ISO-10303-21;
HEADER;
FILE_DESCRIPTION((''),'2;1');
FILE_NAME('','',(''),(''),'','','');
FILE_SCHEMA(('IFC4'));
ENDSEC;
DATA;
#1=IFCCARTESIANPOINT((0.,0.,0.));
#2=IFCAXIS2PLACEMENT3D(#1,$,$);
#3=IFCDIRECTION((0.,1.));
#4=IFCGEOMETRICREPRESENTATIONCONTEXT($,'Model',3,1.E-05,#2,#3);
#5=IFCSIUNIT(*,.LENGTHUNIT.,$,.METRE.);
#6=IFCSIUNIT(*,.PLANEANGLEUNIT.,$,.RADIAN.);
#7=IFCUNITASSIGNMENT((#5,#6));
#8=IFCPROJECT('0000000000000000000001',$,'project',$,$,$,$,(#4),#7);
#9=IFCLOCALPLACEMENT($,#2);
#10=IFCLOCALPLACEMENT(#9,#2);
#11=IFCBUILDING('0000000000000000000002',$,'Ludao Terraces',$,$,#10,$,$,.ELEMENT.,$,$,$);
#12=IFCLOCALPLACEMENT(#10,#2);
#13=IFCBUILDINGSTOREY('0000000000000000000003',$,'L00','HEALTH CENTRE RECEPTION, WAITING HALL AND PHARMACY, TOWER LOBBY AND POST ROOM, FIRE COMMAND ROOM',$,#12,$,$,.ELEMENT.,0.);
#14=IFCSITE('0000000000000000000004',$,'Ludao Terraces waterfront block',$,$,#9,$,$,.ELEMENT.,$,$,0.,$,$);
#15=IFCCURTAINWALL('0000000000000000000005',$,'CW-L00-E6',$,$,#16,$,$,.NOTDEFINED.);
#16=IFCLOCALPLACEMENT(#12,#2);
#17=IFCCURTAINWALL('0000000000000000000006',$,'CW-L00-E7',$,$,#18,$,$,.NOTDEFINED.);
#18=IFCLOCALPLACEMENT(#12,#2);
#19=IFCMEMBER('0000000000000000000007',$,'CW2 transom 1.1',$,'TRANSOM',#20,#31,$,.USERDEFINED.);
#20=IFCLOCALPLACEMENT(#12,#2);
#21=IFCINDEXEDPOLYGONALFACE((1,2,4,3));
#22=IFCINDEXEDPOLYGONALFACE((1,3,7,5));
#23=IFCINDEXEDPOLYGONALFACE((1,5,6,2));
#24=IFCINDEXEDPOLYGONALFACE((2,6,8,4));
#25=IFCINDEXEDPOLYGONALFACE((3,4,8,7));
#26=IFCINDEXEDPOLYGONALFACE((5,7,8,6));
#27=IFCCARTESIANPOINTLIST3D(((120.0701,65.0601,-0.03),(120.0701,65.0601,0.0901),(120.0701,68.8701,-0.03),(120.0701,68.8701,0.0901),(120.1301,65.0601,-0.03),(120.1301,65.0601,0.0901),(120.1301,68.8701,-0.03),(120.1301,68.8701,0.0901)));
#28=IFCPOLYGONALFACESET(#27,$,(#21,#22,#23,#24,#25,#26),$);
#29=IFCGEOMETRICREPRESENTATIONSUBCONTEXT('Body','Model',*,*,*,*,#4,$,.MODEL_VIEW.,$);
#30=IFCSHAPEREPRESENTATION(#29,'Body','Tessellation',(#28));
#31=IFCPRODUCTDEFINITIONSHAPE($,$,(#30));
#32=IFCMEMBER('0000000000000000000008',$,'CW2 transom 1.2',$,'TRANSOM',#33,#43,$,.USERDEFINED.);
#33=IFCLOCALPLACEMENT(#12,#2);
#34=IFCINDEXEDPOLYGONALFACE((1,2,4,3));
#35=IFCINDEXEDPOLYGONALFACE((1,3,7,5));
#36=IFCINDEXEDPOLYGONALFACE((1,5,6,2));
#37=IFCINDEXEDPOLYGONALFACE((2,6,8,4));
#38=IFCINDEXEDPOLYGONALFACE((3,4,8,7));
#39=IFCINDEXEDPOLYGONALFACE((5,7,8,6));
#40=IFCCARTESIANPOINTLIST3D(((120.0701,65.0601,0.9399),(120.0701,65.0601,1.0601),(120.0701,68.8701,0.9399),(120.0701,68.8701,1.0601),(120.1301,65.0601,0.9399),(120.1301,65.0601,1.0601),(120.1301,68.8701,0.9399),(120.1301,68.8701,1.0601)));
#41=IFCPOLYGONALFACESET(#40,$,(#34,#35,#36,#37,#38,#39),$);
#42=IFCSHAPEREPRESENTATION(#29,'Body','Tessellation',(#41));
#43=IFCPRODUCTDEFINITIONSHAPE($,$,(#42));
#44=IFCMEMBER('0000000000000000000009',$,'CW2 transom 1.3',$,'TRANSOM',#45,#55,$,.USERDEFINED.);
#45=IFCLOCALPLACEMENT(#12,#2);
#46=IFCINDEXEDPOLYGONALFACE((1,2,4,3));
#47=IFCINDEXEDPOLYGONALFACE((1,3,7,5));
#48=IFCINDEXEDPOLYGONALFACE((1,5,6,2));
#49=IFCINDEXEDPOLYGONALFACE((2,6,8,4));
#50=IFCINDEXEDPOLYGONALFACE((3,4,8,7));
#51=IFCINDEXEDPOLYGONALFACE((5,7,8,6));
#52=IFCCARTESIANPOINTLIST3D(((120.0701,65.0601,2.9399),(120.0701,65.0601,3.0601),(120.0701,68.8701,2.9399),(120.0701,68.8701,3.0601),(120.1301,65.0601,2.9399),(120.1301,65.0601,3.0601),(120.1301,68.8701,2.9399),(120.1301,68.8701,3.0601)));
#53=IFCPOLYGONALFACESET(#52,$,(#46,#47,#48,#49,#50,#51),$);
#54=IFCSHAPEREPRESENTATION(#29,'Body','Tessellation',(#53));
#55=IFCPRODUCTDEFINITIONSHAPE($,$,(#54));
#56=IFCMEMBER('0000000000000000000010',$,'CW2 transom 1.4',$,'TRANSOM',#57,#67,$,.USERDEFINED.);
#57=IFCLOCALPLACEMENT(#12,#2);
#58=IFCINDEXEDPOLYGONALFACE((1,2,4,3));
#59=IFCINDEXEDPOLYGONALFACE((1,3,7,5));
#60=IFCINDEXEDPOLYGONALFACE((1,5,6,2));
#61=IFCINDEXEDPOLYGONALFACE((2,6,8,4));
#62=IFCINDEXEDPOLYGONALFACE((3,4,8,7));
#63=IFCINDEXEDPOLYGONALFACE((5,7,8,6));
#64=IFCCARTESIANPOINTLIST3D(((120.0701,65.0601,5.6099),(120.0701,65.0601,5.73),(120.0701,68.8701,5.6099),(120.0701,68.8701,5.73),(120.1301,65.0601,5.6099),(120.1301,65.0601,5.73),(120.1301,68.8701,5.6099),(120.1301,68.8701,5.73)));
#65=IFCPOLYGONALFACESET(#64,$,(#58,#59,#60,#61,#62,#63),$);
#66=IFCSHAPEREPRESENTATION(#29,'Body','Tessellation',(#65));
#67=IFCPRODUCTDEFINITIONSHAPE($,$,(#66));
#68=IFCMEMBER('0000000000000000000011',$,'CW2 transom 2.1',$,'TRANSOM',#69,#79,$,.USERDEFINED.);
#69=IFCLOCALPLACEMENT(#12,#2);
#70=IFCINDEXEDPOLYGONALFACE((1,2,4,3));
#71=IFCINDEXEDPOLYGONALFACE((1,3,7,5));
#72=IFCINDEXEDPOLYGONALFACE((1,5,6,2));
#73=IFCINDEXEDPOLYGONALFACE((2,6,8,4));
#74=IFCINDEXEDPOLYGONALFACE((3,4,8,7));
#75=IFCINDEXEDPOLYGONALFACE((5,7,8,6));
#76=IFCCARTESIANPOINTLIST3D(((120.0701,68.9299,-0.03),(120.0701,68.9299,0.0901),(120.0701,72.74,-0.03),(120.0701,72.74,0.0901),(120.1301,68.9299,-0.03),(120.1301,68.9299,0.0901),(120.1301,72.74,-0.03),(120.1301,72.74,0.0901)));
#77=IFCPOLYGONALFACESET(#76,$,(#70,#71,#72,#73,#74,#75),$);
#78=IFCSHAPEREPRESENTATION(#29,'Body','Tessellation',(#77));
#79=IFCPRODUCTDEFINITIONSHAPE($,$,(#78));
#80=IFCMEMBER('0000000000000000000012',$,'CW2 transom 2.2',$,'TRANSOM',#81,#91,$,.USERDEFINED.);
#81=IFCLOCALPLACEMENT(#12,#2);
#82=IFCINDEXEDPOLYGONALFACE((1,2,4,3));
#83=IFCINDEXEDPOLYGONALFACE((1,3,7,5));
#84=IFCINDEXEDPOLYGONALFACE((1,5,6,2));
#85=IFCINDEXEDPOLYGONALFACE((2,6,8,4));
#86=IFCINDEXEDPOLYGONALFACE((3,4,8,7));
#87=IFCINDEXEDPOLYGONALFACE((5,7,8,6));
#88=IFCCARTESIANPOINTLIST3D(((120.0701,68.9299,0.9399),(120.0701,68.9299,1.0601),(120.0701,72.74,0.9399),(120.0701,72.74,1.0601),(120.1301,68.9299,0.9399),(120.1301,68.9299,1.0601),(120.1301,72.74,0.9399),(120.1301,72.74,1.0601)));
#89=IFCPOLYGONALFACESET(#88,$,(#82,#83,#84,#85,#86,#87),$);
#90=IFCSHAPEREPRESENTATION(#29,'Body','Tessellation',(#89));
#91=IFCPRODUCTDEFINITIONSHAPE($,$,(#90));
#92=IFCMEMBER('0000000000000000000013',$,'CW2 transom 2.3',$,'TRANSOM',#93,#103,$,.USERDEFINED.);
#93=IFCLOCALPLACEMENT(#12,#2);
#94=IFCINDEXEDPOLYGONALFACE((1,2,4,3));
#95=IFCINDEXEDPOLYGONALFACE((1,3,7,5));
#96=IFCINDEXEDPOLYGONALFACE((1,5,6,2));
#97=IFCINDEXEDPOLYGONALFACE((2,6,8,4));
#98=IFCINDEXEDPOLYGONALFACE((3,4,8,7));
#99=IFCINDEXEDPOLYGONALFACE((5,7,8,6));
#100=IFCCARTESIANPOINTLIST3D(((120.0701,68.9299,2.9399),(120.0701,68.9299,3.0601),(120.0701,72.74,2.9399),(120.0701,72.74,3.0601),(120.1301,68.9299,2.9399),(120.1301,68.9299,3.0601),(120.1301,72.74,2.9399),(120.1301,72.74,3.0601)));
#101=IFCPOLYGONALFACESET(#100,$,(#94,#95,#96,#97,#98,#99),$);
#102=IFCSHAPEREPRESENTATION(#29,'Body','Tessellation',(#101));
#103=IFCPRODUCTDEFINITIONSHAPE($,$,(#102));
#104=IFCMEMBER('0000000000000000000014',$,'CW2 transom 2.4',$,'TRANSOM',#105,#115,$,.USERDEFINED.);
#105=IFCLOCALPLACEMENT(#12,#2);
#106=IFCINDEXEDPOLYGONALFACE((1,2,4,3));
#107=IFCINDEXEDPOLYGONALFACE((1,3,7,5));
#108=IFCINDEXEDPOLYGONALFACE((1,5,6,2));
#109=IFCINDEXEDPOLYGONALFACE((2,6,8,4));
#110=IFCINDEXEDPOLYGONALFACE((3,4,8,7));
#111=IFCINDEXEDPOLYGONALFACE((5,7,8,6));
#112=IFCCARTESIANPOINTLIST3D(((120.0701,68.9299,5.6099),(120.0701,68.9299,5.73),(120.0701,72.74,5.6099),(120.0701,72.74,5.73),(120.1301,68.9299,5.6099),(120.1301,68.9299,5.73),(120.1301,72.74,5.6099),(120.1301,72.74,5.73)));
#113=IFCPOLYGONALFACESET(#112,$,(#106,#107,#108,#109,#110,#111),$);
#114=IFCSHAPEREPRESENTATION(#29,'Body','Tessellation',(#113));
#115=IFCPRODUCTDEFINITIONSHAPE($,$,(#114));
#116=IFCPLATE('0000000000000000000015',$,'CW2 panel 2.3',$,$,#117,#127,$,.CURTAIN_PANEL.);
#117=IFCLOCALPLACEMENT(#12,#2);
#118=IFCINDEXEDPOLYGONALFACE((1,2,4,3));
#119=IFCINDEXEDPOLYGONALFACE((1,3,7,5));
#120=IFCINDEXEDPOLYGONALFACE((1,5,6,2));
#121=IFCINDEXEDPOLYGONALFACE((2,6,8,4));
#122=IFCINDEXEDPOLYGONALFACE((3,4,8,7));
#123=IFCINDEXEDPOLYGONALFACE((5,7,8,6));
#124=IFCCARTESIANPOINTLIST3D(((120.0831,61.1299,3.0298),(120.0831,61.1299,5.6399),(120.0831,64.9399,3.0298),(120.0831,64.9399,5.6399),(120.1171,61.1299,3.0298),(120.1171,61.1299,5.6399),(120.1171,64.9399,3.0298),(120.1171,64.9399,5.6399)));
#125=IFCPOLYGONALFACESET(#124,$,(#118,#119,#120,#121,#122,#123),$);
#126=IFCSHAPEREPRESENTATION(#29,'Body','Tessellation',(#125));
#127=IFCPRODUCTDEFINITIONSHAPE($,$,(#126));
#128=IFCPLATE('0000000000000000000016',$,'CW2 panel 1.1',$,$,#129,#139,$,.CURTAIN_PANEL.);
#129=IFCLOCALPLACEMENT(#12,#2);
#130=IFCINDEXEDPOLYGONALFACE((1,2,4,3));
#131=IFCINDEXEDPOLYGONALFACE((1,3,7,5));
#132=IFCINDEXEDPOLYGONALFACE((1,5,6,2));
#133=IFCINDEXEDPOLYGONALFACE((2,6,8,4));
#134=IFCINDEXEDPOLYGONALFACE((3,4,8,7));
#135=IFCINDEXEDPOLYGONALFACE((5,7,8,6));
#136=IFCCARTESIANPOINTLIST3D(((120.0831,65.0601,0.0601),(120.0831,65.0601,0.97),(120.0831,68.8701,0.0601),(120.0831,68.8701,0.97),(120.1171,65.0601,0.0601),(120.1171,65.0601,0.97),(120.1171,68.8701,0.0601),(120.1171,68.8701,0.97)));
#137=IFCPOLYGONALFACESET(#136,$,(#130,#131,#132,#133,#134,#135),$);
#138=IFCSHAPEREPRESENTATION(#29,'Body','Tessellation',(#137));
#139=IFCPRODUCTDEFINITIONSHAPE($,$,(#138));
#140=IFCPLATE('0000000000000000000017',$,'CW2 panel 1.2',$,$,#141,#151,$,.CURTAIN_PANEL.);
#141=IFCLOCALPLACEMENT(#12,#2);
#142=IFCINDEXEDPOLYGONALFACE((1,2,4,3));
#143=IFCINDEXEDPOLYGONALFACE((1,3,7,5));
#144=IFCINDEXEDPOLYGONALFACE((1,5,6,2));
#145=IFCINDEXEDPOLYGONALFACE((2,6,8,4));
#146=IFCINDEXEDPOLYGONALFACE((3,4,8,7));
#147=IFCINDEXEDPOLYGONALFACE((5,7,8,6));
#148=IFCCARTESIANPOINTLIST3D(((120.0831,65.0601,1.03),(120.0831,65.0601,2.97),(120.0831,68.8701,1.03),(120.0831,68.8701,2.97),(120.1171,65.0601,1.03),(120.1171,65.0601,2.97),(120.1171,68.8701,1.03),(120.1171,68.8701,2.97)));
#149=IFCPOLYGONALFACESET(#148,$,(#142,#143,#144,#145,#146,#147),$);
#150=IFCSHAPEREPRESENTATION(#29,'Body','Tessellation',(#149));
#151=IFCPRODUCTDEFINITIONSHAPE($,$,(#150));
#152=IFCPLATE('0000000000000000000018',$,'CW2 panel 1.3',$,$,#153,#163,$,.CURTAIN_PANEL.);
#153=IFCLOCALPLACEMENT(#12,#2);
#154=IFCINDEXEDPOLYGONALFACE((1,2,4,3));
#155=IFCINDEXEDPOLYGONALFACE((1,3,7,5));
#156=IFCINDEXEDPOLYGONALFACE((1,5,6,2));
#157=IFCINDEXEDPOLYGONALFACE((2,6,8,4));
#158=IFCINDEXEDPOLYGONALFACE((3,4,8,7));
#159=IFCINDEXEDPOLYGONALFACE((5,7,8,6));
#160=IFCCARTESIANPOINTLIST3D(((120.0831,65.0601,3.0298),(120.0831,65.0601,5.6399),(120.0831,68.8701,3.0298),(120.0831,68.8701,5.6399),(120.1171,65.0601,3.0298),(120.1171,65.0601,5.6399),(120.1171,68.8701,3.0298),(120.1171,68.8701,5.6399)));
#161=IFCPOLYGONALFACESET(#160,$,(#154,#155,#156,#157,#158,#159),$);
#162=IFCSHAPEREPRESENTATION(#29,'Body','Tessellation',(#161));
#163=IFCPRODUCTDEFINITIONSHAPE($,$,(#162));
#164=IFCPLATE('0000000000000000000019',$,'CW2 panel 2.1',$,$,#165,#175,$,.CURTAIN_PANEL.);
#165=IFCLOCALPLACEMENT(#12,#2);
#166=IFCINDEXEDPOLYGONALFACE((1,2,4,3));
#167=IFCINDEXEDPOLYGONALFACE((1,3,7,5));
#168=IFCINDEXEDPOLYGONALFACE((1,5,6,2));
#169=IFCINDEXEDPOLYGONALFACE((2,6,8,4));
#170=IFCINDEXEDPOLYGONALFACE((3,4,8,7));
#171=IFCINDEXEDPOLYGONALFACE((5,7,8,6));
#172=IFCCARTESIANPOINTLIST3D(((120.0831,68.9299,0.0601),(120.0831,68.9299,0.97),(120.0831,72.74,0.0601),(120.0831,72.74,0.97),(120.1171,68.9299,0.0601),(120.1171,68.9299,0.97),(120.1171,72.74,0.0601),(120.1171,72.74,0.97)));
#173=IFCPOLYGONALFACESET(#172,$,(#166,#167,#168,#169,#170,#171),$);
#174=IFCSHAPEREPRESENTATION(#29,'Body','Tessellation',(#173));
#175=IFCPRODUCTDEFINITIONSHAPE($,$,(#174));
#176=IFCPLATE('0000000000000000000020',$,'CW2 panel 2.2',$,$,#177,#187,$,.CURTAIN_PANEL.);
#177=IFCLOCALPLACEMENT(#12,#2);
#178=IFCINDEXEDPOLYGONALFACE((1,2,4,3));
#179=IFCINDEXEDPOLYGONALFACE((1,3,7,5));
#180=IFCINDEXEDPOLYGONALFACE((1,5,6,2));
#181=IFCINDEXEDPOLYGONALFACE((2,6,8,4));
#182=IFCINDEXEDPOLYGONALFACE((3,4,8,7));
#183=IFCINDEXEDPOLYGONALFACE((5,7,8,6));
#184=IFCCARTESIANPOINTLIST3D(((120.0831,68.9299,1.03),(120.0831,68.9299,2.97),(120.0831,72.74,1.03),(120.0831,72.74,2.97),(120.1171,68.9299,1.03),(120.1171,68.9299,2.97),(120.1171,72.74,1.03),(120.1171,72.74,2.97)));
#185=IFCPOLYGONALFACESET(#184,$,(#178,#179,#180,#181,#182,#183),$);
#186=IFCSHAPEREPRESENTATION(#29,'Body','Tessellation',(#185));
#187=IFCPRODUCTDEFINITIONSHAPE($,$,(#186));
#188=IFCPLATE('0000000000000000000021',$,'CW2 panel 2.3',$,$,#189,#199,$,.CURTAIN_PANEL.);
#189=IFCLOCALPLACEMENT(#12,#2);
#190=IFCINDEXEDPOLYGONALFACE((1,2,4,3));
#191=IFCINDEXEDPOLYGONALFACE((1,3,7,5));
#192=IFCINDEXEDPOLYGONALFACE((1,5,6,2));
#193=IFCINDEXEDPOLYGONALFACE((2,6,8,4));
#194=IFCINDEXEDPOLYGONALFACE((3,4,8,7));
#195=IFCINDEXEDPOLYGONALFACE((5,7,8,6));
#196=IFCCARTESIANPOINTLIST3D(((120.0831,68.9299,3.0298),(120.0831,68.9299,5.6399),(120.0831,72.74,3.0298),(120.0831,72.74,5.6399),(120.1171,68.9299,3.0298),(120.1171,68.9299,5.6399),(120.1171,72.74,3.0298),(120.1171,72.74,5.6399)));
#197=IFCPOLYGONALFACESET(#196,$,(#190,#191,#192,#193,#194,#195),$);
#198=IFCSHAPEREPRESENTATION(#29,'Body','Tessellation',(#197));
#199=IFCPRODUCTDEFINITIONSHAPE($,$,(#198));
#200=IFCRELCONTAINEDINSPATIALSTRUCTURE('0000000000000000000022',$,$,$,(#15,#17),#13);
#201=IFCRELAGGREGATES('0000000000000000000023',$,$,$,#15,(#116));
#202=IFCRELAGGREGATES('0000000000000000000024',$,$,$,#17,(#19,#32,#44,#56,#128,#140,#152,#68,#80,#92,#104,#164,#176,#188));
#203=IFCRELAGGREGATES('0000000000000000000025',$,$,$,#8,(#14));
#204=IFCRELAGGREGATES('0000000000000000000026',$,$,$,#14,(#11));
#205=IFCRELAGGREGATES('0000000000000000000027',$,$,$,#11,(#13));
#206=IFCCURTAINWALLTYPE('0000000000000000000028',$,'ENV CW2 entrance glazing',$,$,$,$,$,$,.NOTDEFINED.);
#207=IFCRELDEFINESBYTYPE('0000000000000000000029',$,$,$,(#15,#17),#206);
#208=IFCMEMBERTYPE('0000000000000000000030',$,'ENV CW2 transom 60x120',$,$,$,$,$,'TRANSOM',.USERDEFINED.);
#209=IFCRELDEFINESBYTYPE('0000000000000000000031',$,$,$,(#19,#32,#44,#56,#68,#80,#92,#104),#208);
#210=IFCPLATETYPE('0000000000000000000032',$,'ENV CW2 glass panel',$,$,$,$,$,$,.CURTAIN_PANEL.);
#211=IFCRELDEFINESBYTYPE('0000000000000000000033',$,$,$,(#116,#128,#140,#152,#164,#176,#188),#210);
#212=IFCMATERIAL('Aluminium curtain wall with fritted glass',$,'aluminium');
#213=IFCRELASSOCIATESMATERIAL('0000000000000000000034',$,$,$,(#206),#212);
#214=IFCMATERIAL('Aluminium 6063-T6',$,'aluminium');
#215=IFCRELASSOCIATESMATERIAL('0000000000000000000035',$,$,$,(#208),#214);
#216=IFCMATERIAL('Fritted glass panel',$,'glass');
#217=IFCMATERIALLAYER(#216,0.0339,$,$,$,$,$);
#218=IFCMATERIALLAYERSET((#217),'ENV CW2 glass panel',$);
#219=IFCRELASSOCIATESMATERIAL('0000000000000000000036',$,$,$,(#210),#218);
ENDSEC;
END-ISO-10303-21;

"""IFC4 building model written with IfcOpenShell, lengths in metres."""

from ifc_helpers import new_model, si_unit, direction, frame, origin, origin_2d, place, context, subcontext, project, spatial, rectangle, extrude, material, layer, layer_set, material_profile, profile_set, type_object, element, aggregate, save


model = new_model("IFC4")

# Units and contexts
model_context = context("Model", 3, precision=1e-05, world=origin(), true_north=direction((0.0, 1.0)))
body_context = subcontext(model_context, "Body", "Model", "MODEL_VIEW")
ifc_project = project(units=[si_unit("LENGTHUNIT", "METRE"), si_unit("PLANEANGLEUNIT", "RADIAN")], contexts=[model_context])

# Site, building, storey
site_placement = place(None, origin())
site = spatial("IfcSite", under=ifc_project, at=site_placement, Name="Ludao Terraces waterfront block", CompositionType="ELEMENT", RefElevation=0.0)
building_placement = place(site_placement, origin())
building = spatial("IfcBuilding", under=site, at=building_placement, Name="Ludao Terraces", CompositionType="ELEMENT")
storey_placement = place(building_placement, origin())
storey = spatial("IfcBuildingStorey", under=building, at=storey_placement, Name="L00", Description="HEALTH CENTRE RECEPTION, WAITING HALL AND PHARMACY, TOWER LOBBY AND POST ROOM, FIRE COMMAND ROOM", CompositionType="ELEMENT", Elevation=0.0)

# Curtain wall
ifc_material_1 = material(Name="Aluminium curtain wall with fritted glass", Category="aluminium")
curtain_wall_type = type_object("IfcCurtainWallType", Name="ENV CW2 entrance glazing", PredefinedType="NOTDEFINED", material=ifc_material_1)
curtain_wall_1_placement = place(storey_placement, origin())
curtain_wall_1 = element("IfcCurtainWall", 1, at=curtain_wall_1_placement, inside=storey, type_object=curtain_wall_type, Name="CW-L00-E6", PredefinedType="NOTDEFINED")
ifc_material_2 = material(Name="Aluminium 6063-T6", Category="aluminium")

# Curtain wall, members
curtain_wall_2_placement = place(storey_placement, origin())
curtain_wall_2 = element("IfcCurtainWall", 2, at=curtain_wall_2_placement, inside=storey, type_object=curtain_wall_type, Name="CW-L00-E7", PredefinedType="NOTDEFINED")
ifc_material_profile_1 = material_profile(ifc_material_2, rectangle(XDim=0.0601, YDim=0.1201, at=origin_2d()), Name="60 X 120")
ifc_profile_set_1 = profile_set([ifc_material_profile_1], Name="Aluminium 6063-T6")
member_type_1 = type_object("IfcMemberType", Name="ENV CW2 transom 60x120", ElementType="TRANSOM", PredefinedType="USERDEFINED", material=ifc_profile_set_1)
member_1_placement = place(storey_placement, frame((120.1001, 65.0601, 0.03), z_axis=(0.0, 1.0, 0.0), x_axis=(-1.0, 0.0, 0.0)))
member_1 = element("IfcMember", 3, at=member_1_placement, type_object=member_type_1, Name="CW2 transom 1.1", ObjectType="TRANSOM", PredefinedType="USERDEFINED", context=body_context, shape_type="SweptSolid", body=[
    extrude(rectangle(XDim=0.0601, YDim=0.1201, at=origin_2d()), origin(), (0.0, 0.0, 1.0), 3.8101),
])
member_2_placement = place(storey_placement, frame((120.1001, 65.0601, 1.0), z_axis=(0.0, 1.0, 0.0), x_axis=(-1.0, 0.0, 0.0)))
member_2 = element("IfcMember", 4, at=member_2_placement, type_object=member_type_1, Name="CW2 transom 1.2", ObjectType="TRANSOM", PredefinedType="USERDEFINED", context=body_context, shape_type="SweptSolid", body=[
    extrude(rectangle(XDim=0.0601, YDim=0.1201, at=origin_2d()), origin(), (0.0, 0.0, 1.0), 3.8101),
])
member_3_placement = place(storey_placement, frame((120.1001, 65.0601, 3.0), z_axis=(0.0, 1.0, 0.0), x_axis=(-1.0, 0.0, 0.0)))
member_3 = element("IfcMember", 5, at=member_3_placement, type_object=member_type_1, Name="CW2 transom 1.3", ObjectType="TRANSOM", PredefinedType="USERDEFINED", context=body_context, shape_type="SweptSolid", body=[
    extrude(rectangle(XDim=0.0601, YDim=0.1201, at=origin_2d()), origin(), (0.0, 0.0, 1.0), 3.8101),
])
member_4_placement = place(storey_placement, frame((120.1001, 65.0601, 5.6699), z_axis=(0.0, 1.0, 0.0), x_axis=(-1.0, 0.0, 0.0)))
member_4 = element("IfcMember", 6, at=member_4_placement, type_object=member_type_1, Name="CW2 transom 1.4", ObjectType="TRANSOM", PredefinedType="USERDEFINED", context=body_context, shape_type="SweptSolid", body=[
    extrude(rectangle(XDim=0.0601, YDim=0.1201, at=origin_2d()), origin(), (0.0, 0.0, 1.0), 3.8101),
])
member_5_placement = place(storey_placement, frame((120.1001, 68.9299, 0.03), z_axis=(0.0, 1.0, 0.0), x_axis=(-1.0, 0.0, 0.0)))
member_5 = element("IfcMember", 7, at=member_5_placement, type_object=member_type_1, Name="CW2 transom 2.1", ObjectType="TRANSOM", PredefinedType="USERDEFINED", context=body_context, shape_type="SweptSolid", body=[
    extrude(rectangle(XDim=0.0601, YDim=0.1201, at=origin_2d()), origin(), (0.0, 0.0, 1.0), 3.8101),
])
member_6_placement = place(storey_placement, frame((120.1001, 68.9299, 1.0), z_axis=(0.0, 1.0, 0.0), x_axis=(-1.0, 0.0, 0.0)))
member_6 = element("IfcMember", 8, at=member_6_placement, type_object=member_type_1, Name="CW2 transom 2.2", ObjectType="TRANSOM", PredefinedType="USERDEFINED", context=body_context, shape_type="SweptSolid", body=[
    extrude(rectangle(XDim=0.0601, YDim=0.1201, at=origin_2d()), origin(), (0.0, 0.0, 1.0), 3.8101),
])
member_7_placement = place(storey_placement, frame((120.1001, 68.9299, 3.0), z_axis=(0.0, 1.0, 0.0), x_axis=(-1.0, 0.0, 0.0)))
member_7 = element("IfcMember", 9, at=member_7_placement, type_object=member_type_1, Name="CW2 transom 2.3", ObjectType="TRANSOM", PredefinedType="USERDEFINED", context=body_context, shape_type="SweptSolid", body=[
    extrude(rectangle(XDim=0.0601, YDim=0.1201, at=origin_2d()), origin(), (0.0, 0.0, 1.0), 3.8101),
])
member_8_placement = place(storey_placement, frame((120.1001, 68.9299, 5.6699), z_axis=(0.0, 1.0, 0.0), x_axis=(-1.0, 0.0, 0.0)))
member_8 = element("IfcMember", 10, at=member_8_placement, type_object=member_type_1, Name="CW2 transom 2.4", ObjectType="TRANSOM", PredefinedType="USERDEFINED", context=body_context, shape_type="SweptSolid", body=[
    extrude(rectangle(XDim=0.0601, YDim=0.1201, at=origin_2d()), origin(), (0.0, 0.0, 1.0), 3.8101),
])

# Plates
ifc_material_3 = material(Name="Fritted glass panel", Category="glass")
ifc_layer_1 = layer(ifc_material_3, 0.0339)
ifc_layer_set_1 = layer_set([ifc_layer_1], Name="ENV CW2 glass panel")
plate_type = type_object("IfcPlateType", Name="ENV CW2 glass panel", PredefinedType="CURTAIN_PANEL", material=ifc_layer_set_1)
plate_1_placement = place(storey_placement, frame((120.1001, 63.0349, 3.0298), z_axis=(0.0, 0.0, 1.0), x_axis=(0.0, 1.0, 0.0)))
plate_1 = element("IfcPlate", 11, at=plate_1_placement, type_object=plate_type, Name="CW2 panel 2.3", PredefinedType="CURTAIN_PANEL", context=body_context, shape_type="SweptSolid", body=[
    extrude(rectangle(XDim=3.8101, YDim=0.0339, at=origin_2d()), origin(), (0.0, 0.0, 1.0), 2.6101),
])
aggregate(curtain_wall_1, [plate_1])
plate_2_placement = place(storey_placement, frame((120.1001, 66.9651, 0.0601), z_axis=(0.0, 0.0, 1.0), x_axis=(0.0, 1.0, 0.0)))
plate_2 = element("IfcPlate", 12, at=plate_2_placement, type_object=plate_type, Name="CW2 panel 1.1", PredefinedType="CURTAIN_PANEL", context=body_context, shape_type="SweptSolid", body=[
    extrude(rectangle(XDim=3.8101, YDim=0.0339, at=origin_2d()), origin(), (0.0, 0.0, 1.0), 0.9099),
])
plate_3_placement = place(storey_placement, frame((120.1001, 66.9651, 1.03), z_axis=(0.0, 0.0, 1.0), x_axis=(0.0, 1.0, 0.0)))
plate_3 = element("IfcPlate", 13, at=plate_3_placement, type_object=plate_type, Name="CW2 panel 1.2", PredefinedType="CURTAIN_PANEL", context=body_context, shape_type="SweptSolid", body=[
    extrude(rectangle(XDim=3.8101, YDim=0.0339, at=origin_2d()), origin(), (0.0, 0.0, 1.0), 1.9399),
])
plate_4_placement = place(storey_placement, frame((120.1001, 66.9651, 3.0298), z_axis=(0.0, 0.0, 1.0), x_axis=(0.0, 1.0, 0.0)))
plate_4 = element("IfcPlate", 14, at=plate_4_placement, type_object=plate_type, Name="CW2 panel 1.3", PredefinedType="CURTAIN_PANEL", context=body_context, shape_type="SweptSolid", body=[
    extrude(rectangle(XDim=3.8101, YDim=0.0339, at=origin_2d()), origin(), (0.0, 0.0, 1.0), 2.6101),
])
plate_5_placement = place(storey_placement, frame((120.1001, 70.835, 0.0601), z_axis=(0.0, 0.0, 1.0), x_axis=(0.0, 1.0, 0.0)))
plate_5 = element("IfcPlate", 15, at=plate_5_placement, type_object=plate_type, Name="CW2 panel 2.1", PredefinedType="CURTAIN_PANEL", context=body_context, shape_type="SweptSolid", body=[
    extrude(rectangle(XDim=3.8101, YDim=0.0339, at=origin_2d()), origin(), (0.0, 0.0, 1.0), 0.9099),
])
plate_6_placement = place(storey_placement, frame((120.1001, 70.835, 1.03), z_axis=(0.0, 0.0, 1.0), x_axis=(0.0, 1.0, 0.0)))
plate_6 = element("IfcPlate", 16, at=plate_6_placement, type_object=plate_type, Name="CW2 panel 2.2", PredefinedType="CURTAIN_PANEL", context=body_context, shape_type="SweptSolid", body=[
    extrude(rectangle(XDim=3.8101, YDim=0.0339, at=origin_2d()), origin(), (0.0, 0.0, 1.0), 1.9399),
])
plate_7_placement = place(storey_placement, frame((120.1001, 70.835, 3.0298), z_axis=(0.0, 0.0, 1.0), x_axis=(0.0, 1.0, 0.0)))
plate_7 = element("IfcPlate", 17, at=plate_7_placement, type_object=plate_type, Name="CW2 panel 2.3", PredefinedType="CURTAIN_PANEL", context=body_context, shape_type="SweptSolid", body=[
    extrude(rectangle(XDim=3.8101, YDim=0.0339, at=origin_2d()), origin(), (0.0, 0.0, 1.0), 2.6101),
])
aggregate(curtain_wall_2, [member_1, member_2, member_3, member_4, plate_2, plate_3, plate_4, member_5, member_6, member_7, member_8, plate_5, plate_6, plate_7])

save(model, "model.ifc")
